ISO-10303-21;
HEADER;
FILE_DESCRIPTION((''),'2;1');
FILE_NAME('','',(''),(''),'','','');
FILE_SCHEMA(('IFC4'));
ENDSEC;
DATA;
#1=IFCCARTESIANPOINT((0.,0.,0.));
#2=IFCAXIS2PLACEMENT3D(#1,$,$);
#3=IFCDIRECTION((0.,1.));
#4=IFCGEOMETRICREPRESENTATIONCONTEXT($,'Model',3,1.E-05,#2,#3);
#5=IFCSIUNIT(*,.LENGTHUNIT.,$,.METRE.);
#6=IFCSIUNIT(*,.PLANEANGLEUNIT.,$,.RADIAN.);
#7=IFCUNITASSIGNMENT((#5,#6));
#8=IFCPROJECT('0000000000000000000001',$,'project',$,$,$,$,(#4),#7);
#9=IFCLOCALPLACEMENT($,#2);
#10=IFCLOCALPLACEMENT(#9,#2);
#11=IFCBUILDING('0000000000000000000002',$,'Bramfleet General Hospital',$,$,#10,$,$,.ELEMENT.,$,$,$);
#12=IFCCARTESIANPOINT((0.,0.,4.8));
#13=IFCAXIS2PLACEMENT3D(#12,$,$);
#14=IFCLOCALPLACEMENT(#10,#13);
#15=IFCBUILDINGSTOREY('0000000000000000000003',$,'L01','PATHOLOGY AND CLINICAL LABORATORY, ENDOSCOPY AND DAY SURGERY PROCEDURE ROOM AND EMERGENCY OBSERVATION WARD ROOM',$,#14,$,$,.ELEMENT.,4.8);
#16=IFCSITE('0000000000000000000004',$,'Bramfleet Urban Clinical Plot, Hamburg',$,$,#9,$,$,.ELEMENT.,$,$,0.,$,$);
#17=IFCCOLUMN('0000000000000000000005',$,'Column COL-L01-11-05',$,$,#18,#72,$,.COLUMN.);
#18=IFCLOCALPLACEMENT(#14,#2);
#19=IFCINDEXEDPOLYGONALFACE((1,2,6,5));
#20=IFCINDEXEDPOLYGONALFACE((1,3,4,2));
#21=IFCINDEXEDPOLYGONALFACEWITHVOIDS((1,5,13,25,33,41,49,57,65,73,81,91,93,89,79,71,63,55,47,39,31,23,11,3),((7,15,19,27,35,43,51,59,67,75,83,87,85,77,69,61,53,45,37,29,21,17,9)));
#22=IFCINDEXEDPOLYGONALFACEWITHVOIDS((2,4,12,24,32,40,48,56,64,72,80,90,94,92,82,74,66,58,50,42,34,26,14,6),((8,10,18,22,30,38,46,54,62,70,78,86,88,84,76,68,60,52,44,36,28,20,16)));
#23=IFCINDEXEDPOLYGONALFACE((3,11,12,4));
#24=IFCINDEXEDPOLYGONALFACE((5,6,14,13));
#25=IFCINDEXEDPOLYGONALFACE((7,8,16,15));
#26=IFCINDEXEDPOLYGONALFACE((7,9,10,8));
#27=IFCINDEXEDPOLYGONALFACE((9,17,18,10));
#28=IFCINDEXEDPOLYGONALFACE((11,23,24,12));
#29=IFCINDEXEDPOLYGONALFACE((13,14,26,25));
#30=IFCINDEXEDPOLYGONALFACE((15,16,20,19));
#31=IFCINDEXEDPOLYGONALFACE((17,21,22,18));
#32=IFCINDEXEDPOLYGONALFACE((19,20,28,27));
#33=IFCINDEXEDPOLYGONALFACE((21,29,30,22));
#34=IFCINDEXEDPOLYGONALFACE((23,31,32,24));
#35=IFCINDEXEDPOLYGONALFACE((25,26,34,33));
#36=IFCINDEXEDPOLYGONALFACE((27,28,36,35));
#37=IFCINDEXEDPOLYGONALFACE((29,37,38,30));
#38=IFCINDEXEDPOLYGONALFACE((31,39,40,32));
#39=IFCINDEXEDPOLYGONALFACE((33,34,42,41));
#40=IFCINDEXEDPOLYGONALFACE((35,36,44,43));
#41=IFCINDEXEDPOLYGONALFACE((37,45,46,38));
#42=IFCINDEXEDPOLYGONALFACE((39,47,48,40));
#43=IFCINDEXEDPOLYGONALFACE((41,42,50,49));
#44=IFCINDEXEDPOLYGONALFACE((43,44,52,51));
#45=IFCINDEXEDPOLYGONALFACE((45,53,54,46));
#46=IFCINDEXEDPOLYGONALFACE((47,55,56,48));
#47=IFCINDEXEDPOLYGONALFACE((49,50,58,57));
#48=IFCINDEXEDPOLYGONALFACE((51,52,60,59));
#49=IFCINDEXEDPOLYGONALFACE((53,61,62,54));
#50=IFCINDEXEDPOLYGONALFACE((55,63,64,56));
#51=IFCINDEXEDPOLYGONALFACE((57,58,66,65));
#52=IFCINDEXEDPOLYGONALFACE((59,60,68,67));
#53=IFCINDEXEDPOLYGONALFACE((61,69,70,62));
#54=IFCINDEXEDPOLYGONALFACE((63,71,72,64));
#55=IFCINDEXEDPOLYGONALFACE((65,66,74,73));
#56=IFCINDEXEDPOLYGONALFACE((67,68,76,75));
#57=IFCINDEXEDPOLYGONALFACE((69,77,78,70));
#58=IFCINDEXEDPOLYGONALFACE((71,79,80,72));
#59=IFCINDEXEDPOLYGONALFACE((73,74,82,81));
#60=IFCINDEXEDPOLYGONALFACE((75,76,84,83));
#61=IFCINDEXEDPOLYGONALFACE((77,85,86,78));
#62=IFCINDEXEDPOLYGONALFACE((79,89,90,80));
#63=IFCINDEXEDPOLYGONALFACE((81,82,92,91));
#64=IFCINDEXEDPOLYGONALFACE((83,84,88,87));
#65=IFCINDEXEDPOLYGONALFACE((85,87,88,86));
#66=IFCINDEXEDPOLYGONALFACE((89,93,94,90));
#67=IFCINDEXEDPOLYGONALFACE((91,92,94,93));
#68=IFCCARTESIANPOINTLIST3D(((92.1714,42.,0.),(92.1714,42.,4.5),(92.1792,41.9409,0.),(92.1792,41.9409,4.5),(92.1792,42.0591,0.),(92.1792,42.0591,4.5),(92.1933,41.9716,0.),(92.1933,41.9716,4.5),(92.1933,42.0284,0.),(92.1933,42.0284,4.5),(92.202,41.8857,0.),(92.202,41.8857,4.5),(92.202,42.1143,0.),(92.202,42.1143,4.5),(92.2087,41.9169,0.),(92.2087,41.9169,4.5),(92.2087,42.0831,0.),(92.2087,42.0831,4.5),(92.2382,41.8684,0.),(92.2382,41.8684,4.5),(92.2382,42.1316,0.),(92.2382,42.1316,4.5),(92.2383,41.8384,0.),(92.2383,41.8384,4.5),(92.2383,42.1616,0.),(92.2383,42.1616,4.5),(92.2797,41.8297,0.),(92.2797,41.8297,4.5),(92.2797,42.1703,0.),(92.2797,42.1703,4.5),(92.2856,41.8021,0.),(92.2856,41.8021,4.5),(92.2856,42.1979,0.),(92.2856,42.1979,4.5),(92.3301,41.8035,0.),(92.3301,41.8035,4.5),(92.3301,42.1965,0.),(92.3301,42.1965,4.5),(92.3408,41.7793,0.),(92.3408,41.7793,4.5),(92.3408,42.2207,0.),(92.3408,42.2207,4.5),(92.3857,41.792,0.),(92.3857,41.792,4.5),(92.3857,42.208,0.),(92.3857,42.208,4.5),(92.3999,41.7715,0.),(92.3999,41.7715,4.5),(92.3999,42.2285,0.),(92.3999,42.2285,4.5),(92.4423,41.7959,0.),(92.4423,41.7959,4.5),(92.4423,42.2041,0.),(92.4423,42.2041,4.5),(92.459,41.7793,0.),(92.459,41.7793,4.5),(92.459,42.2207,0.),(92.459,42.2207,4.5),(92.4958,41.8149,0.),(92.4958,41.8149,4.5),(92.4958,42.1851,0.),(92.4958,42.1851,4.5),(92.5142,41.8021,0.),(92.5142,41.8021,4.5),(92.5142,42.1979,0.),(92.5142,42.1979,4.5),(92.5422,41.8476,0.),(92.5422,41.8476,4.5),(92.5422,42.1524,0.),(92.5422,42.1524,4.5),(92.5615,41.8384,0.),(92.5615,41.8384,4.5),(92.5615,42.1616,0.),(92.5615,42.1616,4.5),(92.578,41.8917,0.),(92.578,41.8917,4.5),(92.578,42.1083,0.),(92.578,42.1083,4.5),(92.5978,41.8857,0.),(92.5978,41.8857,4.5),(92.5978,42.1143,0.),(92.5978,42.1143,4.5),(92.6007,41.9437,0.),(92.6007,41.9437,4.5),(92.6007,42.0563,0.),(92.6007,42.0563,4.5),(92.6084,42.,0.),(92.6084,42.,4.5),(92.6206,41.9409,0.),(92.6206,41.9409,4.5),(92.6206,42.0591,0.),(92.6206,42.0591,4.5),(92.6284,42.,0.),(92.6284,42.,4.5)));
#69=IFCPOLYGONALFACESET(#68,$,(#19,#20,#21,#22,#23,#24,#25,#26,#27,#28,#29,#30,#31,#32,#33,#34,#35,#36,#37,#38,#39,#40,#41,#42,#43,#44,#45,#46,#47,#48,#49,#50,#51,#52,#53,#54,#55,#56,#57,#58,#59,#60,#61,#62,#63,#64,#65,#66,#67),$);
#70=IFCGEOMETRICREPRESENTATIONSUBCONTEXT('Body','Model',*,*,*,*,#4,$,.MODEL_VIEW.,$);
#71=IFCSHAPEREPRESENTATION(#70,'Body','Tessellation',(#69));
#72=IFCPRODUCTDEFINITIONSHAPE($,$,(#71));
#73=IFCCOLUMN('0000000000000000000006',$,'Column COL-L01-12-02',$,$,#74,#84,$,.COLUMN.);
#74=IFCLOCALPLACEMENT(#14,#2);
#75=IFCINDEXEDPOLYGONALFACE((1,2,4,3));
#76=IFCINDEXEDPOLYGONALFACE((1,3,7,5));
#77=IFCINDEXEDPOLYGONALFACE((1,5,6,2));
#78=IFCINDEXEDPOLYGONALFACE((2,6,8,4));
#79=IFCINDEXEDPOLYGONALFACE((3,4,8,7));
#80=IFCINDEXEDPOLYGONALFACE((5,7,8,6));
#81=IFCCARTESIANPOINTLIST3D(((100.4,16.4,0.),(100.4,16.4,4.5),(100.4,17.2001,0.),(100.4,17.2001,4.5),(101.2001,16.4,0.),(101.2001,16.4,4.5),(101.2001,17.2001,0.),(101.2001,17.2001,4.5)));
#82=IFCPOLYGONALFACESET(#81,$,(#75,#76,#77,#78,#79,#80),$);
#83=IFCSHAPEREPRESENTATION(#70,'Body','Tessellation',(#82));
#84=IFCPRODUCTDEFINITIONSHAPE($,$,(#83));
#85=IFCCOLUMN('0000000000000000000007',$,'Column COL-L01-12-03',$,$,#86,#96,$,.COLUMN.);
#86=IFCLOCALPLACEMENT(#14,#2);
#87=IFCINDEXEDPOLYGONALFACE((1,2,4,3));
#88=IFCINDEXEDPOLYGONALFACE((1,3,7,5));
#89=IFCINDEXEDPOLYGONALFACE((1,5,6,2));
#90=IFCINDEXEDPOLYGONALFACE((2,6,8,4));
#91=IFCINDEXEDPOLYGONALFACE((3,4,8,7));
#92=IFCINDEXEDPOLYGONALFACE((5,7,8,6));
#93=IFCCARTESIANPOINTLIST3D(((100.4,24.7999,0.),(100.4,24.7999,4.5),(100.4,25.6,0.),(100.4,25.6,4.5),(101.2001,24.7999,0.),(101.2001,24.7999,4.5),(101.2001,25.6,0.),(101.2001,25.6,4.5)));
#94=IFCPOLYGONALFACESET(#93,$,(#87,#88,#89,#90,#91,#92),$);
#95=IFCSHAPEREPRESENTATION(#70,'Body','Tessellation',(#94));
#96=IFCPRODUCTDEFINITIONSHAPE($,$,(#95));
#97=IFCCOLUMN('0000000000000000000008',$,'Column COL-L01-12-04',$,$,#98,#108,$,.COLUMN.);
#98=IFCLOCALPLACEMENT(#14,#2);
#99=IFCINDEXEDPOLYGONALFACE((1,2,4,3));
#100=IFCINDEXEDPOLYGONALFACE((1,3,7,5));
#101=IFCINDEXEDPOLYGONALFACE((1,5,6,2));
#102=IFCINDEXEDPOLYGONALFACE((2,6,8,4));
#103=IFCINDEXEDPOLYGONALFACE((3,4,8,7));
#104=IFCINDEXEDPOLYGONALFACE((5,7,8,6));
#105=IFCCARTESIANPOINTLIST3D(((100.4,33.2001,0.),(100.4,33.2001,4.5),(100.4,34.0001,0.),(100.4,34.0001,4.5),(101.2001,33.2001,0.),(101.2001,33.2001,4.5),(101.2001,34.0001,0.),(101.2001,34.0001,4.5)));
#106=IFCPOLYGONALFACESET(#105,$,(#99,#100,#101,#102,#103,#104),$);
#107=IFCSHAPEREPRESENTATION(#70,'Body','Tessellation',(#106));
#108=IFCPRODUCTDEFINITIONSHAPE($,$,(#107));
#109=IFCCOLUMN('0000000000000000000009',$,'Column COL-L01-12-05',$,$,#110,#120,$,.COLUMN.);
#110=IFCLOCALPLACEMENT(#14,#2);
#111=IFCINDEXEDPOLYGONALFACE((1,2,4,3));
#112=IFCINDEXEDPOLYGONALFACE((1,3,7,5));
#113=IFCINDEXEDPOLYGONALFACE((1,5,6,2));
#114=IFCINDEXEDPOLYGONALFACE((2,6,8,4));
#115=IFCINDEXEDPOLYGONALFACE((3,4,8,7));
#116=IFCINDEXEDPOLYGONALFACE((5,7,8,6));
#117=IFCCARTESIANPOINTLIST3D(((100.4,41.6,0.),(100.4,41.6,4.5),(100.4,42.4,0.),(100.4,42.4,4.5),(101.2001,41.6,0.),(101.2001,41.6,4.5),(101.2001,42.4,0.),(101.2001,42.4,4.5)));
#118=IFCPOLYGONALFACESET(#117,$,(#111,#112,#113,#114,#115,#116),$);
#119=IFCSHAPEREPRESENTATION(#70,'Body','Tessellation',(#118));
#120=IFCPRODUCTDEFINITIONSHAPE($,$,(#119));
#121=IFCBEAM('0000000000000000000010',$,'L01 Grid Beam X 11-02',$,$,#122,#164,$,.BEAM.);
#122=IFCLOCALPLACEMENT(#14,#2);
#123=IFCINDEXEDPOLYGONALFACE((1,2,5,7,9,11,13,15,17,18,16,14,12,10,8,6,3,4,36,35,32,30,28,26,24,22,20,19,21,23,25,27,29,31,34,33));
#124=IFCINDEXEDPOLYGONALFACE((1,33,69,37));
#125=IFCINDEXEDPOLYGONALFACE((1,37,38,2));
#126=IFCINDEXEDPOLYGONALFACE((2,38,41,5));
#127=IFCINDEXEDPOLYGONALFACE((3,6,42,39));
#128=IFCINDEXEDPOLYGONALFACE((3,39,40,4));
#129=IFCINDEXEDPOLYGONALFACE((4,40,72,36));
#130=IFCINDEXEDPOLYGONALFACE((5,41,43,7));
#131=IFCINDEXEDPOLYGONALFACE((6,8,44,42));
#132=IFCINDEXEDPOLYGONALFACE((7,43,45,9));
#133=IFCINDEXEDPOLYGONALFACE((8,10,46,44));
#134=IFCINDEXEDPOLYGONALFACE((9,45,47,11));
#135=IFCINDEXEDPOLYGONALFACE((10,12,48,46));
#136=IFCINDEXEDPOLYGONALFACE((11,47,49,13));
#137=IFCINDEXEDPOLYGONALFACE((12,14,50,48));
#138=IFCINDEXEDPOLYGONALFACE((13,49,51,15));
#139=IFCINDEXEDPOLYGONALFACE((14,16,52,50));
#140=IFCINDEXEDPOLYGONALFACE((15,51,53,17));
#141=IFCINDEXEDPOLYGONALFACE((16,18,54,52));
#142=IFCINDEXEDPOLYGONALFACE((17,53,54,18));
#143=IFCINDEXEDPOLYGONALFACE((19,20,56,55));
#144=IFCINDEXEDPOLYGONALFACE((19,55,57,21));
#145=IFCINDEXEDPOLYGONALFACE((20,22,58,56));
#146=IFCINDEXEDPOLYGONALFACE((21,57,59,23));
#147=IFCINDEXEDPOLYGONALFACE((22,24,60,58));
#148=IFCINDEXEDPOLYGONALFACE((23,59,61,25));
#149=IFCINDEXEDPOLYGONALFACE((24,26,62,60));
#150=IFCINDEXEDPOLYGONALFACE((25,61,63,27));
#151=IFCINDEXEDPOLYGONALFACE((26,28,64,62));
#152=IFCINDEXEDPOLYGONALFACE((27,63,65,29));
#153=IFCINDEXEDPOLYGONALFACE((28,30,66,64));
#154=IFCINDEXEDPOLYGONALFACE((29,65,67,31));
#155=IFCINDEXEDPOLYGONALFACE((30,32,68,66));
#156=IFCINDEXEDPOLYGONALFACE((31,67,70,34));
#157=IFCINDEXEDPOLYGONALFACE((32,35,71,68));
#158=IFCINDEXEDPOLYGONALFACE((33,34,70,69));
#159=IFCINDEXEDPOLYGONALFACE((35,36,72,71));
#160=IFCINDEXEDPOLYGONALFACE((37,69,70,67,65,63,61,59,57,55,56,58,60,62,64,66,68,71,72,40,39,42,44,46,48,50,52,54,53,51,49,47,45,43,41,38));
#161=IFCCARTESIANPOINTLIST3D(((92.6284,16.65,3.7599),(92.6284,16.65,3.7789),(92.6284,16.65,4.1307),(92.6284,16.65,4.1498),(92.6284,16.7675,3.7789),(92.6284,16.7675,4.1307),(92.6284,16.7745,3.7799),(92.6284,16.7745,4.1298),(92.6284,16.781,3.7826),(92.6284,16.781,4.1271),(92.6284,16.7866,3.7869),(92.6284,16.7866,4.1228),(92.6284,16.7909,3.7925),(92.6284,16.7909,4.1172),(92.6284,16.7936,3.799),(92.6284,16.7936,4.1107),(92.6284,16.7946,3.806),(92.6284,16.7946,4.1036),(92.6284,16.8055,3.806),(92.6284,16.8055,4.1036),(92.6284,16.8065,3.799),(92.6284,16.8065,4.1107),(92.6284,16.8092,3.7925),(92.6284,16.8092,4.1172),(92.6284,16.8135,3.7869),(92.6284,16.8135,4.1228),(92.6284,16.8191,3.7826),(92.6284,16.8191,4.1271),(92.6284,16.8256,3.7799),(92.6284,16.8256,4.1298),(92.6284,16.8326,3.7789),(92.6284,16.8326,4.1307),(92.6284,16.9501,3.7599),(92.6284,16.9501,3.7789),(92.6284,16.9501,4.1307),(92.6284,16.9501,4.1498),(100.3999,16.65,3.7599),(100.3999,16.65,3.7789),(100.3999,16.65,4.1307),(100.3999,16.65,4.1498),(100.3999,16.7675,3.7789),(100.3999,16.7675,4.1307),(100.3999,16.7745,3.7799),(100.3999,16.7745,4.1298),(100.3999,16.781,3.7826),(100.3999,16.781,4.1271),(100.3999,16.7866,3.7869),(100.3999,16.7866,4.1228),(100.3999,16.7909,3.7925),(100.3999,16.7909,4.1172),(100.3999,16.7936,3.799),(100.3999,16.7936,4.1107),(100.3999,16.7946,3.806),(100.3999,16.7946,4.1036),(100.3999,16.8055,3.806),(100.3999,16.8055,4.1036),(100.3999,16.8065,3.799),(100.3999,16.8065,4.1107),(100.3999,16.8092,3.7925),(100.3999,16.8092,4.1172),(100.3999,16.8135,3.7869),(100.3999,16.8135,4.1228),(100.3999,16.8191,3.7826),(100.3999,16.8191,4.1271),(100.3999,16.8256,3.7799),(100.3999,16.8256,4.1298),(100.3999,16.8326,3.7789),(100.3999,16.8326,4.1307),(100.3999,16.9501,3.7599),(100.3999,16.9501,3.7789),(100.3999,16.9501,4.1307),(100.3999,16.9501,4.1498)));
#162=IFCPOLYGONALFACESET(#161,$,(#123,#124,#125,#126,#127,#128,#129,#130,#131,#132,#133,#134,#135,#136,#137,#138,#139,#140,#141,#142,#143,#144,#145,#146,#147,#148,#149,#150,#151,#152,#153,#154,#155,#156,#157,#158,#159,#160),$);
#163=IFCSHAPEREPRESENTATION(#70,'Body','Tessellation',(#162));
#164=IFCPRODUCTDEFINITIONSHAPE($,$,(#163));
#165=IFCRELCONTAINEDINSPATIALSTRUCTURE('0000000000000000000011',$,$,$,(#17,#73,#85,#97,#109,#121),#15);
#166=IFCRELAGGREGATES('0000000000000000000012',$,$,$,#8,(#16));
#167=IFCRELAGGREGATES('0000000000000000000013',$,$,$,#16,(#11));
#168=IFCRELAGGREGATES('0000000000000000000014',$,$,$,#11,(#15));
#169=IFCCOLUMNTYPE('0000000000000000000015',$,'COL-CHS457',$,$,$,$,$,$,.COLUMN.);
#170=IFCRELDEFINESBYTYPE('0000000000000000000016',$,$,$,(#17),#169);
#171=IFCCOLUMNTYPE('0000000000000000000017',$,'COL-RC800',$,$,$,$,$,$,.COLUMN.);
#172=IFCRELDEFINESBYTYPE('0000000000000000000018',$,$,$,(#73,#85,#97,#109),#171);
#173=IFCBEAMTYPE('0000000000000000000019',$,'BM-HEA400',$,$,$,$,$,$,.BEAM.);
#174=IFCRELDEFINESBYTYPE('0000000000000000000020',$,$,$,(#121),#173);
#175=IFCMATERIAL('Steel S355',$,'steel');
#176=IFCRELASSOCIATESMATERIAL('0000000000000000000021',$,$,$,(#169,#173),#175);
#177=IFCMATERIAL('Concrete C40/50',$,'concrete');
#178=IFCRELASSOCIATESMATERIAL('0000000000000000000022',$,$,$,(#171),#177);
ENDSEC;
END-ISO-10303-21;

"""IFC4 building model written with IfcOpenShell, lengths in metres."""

from ifc_helpers import new_model, si_unit, direction, frame, origin, origin_2d, place, context, subcontext, project, spatial, rectangle, hollow_circle, i_section, extrude, material, material_profile, profile_set, type_object, element, save


model = new_model("IFC4")

# Units and contexts
model_context = context("Model", 3, precision=1e-05, world=origin(), true_north=direction((0.0, 1.0)))
body_context = subcontext(model_context, "Body", "Model", "MODEL_VIEW")
ifc_project = project(units=[si_unit("LENGTHUNIT", "METRE"), si_unit("PLANEANGLEUNIT", "RADIAN")], contexts=[model_context])

# Site, building, storey
site_placement = place(None, origin())
site = spatial("IfcSite", under=ifc_project, at=site_placement, Name="Bramfleet Urban Clinical Plot, Hamburg", CompositionType="ELEMENT", RefElevation=0.0)
building_placement = place(site_placement, origin())
building = spatial("IfcBuilding", under=site, at=building_placement, Name="Bramfleet General Hospital", CompositionType="ELEMENT")
storey_placement = place(building_placement, frame((0.0, 0.0, 4.8)))
storey = spatial("IfcBuildingStorey", under=building, at=storey_placement, Name="L01", Description="PATHOLOGY AND CLINICAL LABORATORY, ENDOSCOPY AND DAY SURGERY PROCEDURE ROOM AND EMERGENCY OBSERVATION WARD ROOM", CompositionType="ELEMENT", Elevation=4.8)

# Columns
ifc_material_1 = material(Name="Steel S355", Category="steel")
ifc_material_profile_1 = material_profile(ifc_material_1, hollow_circle(Radius=0.2285, WallThickness=0.02, at=origin_2d()), Name="CHS 457.0x20.0")
ifc_profile_set_1 = profile_set([ifc_material_profile_1], Name="Steel S355")
column_type_1 = type_object("IfcColumnType", Name="COL-CHS457", PredefinedType="COLUMN", material=ifc_profile_set_1)
for number, where, z_axis, x_axis, name in (
    (1, (92.3999, 42.0, 0.0), (0.0, 0.0, 1.0), (1.0, 0.0, 0.0), "Column COL-L01-11-05"),
):
    element("IfcColumn", number, at=place(storey_placement, frame(where, z_axis=z_axis, x_axis=x_axis)), inside=storey, type_object=column_type_1, Name=name, PredefinedType="COLUMN", context=body_context, shape_type="SweptSolid", body=[
        extrude(hollow_circle(Radius=0.2285, WallThickness=0.02, at=origin_2d()), origin(), (0.0, 0.0, 1.0), 4.5),
    ])
ifc_material_2 = material(Name="Concrete C40/50", Category="concrete")
ifc_material_profile_2 = material_profile(ifc_material_2, rectangle(XDim=0.8, YDim=0.8, at=origin_2d()), Name="RC COL 800x800")
ifc_profile_set_2 = profile_set([ifc_material_profile_2], Name="Concrete C40/50")
column_type_2 = type_object("IfcColumnType", Name="COL-RC800", PredefinedType="COLUMN", material=ifc_profile_set_2)
for number, where, z_axis, x_axis, name in (
    (2, (100.8, 16.8, 0.0), (0.0, 0.0, 1.0), (1.0, 0.0, 0.0), "Column COL-L01-12-02"),
    (3, (100.8, 25.2, 0.0), (0.0, 0.0, 1.0), (1.0, 0.0, 0.0), "Column COL-L01-12-03"),
    (4, (100.8, 33.6001, 0.0), (0.0, 0.0, 1.0), (1.0, 0.0, 0.0), "Column COL-L01-12-04"),
    (5, (100.8, 42.0, 0.0), (0.0, 0.0, 1.0), (1.0, 0.0, 0.0), "Column COL-L01-12-05"),
):
    element("IfcColumn", number, at=place(storey_placement, frame(where, z_axis=z_axis, x_axis=x_axis)), inside=storey, type_object=column_type_2, Name=name, PredefinedType="COLUMN", context=body_context, shape_type="SweptSolid", body=[
        extrude(rectangle(XDim=0.8, YDim=0.8, at=origin_2d()), origin(), (0.0, 0.0, 1.0), 4.5),
    ])

# Beam
ifc_material_profile_3 = material_profile(ifc_material_1, i_section(OverallWidth=0.3, OverallDepth=0.3899, WebThickness=0.011, FlangeThickness=0.019, FilletRadius=0.0271, at=origin_2d()), Name="HEA 400")
ifc_profile_set_3 = profile_set([ifc_material_profile_3], Name="Steel S355")
beam_type_1 = type_object("IfcBeamType", Name="BM-HEA400", PredefinedType="BEAM", material=ifc_profile_set_3)
beam_1_placement = place(storey_placement, frame((92.6284, 16.8, 3.9548), z_axis=(1.0, 0.0, 0.0), x_axis=(0.0, 1.0, 0.0)))
element("IfcBeam", 6, at=beam_1_placement, inside=storey, type_object=beam_type_1, Name="L01 Grid Beam X 11-02", PredefinedType="BEAM", context=body_context, shape_type="SweptSolid", body=[
    extrude(i_section(OverallWidth=0.3, OverallDepth=0.3899, WebThickness=0.011, FlangeThickness=0.019, FilletRadius=0.0271, at=origin_2d()), origin(), (0.0, 0.0, 1.0), 7.7715),
])

save(model, "model.ifc")
